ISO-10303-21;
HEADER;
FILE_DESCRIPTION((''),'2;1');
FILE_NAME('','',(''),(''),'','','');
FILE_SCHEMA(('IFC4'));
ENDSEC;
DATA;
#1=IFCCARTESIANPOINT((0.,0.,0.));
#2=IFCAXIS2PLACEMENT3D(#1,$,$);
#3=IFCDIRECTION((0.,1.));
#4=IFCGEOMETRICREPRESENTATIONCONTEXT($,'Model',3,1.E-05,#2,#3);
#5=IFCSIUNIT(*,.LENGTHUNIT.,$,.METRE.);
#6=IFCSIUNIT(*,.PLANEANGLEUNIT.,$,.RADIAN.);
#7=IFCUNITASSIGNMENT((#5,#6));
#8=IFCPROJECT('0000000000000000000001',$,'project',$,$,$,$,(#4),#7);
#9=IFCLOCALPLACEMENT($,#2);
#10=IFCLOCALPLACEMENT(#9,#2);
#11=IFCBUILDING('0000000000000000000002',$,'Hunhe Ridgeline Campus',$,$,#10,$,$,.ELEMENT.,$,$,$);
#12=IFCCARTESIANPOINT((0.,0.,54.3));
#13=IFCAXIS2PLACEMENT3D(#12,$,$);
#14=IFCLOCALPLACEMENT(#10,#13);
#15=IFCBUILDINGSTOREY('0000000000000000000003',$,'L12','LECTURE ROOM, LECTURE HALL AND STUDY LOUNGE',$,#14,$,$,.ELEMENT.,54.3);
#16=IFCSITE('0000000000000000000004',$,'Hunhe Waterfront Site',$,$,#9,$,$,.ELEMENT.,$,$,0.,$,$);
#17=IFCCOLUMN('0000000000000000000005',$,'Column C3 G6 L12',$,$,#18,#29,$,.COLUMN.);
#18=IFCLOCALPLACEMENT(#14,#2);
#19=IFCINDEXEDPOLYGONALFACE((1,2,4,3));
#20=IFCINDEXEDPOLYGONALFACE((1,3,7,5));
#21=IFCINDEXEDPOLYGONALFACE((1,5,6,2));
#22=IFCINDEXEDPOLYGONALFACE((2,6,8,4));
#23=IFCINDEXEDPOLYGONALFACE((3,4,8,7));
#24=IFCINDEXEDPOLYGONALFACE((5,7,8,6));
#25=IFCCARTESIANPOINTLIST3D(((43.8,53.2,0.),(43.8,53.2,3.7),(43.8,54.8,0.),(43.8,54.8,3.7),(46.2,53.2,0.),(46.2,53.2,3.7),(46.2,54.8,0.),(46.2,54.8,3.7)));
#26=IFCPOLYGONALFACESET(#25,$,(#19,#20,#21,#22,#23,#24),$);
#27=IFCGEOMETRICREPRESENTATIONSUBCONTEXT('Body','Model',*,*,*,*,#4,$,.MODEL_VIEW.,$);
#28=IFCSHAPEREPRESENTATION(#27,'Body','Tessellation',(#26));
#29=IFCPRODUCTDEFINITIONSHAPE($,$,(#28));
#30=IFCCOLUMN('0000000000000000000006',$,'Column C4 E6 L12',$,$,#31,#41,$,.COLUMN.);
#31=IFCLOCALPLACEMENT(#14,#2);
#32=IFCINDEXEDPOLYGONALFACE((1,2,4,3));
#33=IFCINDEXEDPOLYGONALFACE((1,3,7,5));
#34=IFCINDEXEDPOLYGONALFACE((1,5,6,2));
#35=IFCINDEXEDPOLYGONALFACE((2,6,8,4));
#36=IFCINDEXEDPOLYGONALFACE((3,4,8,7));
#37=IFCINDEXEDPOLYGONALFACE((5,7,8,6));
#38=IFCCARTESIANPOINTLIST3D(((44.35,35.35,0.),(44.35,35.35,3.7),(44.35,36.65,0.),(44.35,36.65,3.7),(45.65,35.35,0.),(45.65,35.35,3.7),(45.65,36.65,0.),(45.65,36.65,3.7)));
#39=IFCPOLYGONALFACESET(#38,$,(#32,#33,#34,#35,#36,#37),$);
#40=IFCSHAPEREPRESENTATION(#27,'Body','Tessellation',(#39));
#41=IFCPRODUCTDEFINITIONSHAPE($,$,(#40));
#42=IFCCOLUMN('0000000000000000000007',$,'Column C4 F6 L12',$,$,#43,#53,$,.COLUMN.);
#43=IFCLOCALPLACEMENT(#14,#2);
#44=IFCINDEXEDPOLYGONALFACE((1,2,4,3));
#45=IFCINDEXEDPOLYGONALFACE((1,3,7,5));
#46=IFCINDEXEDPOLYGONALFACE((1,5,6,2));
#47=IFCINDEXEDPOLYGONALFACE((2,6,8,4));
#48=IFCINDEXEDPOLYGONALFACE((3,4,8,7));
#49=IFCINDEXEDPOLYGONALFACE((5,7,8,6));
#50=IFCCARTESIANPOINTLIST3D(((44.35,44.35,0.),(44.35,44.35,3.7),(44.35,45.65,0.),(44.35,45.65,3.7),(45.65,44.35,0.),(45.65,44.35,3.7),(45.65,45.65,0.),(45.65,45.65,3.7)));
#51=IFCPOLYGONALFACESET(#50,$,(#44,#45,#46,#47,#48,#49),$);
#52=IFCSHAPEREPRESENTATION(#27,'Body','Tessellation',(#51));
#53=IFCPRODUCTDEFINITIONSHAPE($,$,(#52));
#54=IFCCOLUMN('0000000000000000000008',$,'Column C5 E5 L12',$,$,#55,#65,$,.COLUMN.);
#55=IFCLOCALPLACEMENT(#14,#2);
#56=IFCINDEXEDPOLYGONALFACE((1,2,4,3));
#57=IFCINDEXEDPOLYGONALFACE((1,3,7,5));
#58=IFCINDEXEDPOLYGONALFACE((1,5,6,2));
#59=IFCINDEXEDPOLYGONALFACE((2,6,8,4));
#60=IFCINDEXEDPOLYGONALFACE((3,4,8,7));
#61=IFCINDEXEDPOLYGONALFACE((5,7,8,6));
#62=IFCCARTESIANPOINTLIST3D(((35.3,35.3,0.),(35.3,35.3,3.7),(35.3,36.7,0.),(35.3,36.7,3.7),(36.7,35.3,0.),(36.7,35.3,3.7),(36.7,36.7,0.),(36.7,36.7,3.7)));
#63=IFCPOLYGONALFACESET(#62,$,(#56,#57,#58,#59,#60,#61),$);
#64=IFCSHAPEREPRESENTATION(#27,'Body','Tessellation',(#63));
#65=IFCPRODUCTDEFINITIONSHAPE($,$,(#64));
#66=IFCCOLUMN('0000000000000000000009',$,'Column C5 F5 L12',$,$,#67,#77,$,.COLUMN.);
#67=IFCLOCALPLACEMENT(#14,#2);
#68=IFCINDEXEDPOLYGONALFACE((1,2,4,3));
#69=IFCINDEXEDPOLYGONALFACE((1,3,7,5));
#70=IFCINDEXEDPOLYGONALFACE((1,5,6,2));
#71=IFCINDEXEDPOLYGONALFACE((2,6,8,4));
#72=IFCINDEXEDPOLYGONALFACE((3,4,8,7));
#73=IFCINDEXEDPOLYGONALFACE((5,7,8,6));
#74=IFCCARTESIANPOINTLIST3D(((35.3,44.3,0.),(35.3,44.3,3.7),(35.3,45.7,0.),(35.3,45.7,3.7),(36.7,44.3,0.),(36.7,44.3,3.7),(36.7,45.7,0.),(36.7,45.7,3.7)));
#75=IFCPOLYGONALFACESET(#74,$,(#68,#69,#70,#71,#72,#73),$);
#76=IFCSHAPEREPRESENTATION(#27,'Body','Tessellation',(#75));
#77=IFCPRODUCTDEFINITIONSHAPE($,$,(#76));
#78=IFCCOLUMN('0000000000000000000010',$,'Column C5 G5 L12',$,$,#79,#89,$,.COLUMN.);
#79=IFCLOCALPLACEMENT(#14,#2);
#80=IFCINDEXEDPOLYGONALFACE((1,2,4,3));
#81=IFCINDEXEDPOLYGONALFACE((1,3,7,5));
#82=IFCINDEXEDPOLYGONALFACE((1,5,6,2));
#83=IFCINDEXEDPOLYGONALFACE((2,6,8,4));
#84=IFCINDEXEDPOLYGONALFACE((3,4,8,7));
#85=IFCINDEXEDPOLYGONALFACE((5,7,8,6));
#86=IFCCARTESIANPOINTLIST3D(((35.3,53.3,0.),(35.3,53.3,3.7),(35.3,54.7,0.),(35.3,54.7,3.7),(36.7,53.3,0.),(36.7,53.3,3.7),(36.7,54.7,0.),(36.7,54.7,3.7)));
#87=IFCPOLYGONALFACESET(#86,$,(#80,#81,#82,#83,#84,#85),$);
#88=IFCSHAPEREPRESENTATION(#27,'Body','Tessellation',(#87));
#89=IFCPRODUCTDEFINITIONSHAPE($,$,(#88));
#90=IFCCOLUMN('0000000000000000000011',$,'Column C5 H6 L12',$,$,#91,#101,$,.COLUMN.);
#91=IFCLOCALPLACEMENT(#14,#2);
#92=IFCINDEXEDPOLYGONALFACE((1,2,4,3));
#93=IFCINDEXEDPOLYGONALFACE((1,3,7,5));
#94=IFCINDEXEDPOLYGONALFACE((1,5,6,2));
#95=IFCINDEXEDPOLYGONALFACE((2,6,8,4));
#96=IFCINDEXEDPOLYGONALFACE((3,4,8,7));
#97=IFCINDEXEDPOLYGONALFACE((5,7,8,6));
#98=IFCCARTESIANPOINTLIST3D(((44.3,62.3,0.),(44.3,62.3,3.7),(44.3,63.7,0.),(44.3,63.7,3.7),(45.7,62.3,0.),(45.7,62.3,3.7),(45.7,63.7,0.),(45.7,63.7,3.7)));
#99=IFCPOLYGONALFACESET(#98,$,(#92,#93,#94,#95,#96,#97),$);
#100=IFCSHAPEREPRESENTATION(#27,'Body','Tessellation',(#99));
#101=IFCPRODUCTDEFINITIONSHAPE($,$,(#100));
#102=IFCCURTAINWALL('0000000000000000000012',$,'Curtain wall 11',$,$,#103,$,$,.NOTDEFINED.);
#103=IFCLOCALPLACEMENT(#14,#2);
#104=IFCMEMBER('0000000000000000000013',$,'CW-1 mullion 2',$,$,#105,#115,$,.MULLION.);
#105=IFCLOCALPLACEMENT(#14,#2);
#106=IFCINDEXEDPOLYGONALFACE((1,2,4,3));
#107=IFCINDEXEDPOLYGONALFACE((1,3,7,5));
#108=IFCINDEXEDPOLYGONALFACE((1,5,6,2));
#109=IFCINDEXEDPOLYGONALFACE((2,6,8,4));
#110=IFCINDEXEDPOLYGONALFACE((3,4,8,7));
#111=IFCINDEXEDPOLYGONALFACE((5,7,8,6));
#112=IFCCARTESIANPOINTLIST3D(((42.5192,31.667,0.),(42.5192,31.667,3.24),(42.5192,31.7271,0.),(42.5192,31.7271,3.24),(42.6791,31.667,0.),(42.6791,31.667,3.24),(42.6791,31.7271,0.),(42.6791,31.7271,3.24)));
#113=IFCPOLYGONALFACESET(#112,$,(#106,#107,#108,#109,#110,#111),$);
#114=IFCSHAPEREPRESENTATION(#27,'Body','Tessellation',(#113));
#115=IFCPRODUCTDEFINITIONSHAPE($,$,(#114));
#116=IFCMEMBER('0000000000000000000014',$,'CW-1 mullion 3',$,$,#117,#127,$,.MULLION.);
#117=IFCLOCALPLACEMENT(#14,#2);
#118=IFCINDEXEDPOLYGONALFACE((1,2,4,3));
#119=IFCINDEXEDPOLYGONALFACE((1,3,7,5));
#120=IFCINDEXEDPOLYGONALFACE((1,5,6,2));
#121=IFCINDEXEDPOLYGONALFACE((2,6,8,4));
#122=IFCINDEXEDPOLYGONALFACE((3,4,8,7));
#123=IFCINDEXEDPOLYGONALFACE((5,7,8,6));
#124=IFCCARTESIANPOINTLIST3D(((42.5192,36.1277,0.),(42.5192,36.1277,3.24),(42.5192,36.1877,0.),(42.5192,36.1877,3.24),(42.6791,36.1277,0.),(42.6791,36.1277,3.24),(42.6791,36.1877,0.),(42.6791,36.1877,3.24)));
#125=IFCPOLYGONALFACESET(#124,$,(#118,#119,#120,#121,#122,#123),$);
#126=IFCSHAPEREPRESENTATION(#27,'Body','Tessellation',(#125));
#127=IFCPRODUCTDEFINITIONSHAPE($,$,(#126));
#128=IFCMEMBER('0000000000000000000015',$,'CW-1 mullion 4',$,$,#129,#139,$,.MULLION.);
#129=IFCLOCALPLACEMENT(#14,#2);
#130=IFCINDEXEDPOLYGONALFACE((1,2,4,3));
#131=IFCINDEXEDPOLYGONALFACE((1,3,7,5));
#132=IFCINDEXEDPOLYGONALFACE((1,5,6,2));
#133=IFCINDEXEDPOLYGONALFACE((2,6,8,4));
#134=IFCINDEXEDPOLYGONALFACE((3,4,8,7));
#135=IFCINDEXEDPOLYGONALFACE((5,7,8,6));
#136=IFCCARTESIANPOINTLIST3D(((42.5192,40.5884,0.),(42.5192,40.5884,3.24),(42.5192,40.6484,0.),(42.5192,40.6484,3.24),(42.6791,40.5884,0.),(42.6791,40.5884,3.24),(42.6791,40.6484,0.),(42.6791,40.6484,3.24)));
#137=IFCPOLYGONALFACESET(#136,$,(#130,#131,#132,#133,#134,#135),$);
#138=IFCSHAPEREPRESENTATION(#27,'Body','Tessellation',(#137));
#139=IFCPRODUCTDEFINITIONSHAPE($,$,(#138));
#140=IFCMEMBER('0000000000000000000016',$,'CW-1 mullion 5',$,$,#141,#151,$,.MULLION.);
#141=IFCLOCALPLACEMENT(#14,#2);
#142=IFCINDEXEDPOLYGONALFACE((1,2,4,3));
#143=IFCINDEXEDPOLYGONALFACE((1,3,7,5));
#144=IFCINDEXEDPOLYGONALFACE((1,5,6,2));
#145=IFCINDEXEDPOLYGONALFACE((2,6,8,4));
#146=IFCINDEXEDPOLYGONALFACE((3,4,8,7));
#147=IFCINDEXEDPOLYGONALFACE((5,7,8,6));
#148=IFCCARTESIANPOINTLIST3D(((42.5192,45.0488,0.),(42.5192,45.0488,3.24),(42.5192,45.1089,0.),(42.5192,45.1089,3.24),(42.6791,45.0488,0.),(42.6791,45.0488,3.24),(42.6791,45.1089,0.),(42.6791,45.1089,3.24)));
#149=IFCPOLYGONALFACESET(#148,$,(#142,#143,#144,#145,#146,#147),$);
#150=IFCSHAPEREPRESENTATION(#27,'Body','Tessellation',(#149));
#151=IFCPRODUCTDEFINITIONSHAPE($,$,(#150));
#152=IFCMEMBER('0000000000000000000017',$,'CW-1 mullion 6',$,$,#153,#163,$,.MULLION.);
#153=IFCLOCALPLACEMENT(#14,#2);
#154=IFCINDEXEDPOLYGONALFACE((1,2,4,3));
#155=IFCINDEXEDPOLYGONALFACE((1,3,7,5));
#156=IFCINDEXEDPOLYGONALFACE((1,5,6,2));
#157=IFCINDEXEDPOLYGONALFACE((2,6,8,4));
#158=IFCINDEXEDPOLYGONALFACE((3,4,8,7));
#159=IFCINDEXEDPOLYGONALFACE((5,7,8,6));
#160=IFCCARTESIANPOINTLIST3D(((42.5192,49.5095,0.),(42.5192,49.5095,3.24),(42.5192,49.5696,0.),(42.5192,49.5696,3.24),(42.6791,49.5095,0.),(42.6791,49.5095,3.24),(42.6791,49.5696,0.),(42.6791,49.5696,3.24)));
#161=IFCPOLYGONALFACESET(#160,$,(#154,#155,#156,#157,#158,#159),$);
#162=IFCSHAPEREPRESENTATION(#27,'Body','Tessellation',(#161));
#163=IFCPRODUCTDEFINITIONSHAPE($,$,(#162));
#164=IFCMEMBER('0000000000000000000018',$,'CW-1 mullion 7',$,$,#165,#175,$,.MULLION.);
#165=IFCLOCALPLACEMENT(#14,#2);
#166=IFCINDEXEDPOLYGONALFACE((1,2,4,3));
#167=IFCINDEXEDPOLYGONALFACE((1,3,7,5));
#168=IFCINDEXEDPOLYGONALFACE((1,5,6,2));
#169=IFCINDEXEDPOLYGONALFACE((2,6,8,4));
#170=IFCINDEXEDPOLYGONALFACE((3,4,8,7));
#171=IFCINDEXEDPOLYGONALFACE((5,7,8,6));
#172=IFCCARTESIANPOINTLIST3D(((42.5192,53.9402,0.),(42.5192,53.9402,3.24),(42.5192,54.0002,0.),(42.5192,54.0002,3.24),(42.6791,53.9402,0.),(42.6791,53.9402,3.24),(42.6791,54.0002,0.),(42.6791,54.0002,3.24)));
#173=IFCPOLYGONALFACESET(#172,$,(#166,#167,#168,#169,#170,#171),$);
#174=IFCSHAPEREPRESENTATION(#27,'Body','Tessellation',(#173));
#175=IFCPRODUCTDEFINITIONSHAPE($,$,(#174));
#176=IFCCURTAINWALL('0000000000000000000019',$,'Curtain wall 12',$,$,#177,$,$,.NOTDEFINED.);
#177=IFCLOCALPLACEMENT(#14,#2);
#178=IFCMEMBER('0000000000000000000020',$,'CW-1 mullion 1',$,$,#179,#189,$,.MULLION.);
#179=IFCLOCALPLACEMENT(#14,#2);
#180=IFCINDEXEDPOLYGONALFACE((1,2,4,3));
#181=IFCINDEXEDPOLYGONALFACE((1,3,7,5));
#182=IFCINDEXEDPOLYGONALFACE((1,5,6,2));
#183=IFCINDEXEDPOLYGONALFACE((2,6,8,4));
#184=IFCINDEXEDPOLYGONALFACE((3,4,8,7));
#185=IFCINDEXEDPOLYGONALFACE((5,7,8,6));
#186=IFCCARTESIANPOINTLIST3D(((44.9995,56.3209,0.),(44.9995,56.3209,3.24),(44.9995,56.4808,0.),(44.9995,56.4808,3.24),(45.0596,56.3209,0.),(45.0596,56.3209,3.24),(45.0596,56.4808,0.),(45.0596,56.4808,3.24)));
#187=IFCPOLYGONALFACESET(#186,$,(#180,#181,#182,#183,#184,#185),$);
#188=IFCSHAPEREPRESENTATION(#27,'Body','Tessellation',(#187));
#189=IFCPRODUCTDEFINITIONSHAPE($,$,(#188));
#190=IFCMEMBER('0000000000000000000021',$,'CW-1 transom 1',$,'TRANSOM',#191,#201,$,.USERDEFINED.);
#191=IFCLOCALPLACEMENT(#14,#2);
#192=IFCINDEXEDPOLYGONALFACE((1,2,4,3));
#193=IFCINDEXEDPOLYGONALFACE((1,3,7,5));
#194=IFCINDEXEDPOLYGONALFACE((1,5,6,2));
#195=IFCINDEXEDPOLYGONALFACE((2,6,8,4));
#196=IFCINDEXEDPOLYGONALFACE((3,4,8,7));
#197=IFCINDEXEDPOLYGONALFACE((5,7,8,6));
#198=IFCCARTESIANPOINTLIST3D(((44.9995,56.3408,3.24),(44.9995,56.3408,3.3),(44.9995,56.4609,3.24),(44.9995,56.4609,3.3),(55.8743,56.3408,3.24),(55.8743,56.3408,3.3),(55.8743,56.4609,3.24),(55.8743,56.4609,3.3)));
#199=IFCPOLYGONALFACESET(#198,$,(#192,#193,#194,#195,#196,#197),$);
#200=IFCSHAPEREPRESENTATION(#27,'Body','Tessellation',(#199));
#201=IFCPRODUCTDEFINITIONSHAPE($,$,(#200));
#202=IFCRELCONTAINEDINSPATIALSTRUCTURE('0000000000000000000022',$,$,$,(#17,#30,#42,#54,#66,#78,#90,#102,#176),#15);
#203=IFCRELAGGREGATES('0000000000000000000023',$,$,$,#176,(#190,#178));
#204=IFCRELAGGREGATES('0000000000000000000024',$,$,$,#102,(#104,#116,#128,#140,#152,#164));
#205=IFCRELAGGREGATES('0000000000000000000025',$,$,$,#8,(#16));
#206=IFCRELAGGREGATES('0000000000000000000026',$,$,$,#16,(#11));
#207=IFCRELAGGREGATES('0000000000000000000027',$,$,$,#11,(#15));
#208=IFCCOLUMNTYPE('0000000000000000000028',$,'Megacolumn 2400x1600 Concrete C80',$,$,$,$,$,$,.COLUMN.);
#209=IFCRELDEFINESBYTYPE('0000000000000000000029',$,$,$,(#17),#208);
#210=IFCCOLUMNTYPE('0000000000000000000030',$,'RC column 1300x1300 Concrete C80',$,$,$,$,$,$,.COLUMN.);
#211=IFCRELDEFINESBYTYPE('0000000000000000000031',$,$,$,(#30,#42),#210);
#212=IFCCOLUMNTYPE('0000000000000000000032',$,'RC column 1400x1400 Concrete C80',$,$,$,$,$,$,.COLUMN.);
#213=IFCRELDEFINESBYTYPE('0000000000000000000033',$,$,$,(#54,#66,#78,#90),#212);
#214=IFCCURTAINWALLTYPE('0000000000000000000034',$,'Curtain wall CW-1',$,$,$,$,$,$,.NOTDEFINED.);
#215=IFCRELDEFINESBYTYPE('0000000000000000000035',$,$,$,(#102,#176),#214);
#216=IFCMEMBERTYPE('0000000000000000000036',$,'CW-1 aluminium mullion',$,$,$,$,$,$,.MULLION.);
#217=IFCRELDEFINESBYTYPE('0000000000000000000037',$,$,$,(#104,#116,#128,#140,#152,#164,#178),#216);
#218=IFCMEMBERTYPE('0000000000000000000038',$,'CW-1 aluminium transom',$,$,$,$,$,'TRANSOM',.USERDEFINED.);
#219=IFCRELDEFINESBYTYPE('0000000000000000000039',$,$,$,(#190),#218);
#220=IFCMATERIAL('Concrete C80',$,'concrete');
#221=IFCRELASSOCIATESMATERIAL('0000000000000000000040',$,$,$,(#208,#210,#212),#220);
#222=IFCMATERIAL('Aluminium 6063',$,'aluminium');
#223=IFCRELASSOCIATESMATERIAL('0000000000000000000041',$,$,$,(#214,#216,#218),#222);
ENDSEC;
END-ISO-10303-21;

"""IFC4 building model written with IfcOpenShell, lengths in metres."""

from ifc_helpers import new_model, si_unit, direction, frame, origin, origin_2d, place, context, subcontext, project, spatial, rectangle, extrude, material, material_profile, profile_set, type_object, element, aggregate, save


model = new_model("IFC4")

# Units and contexts
model_context = context("Model", 3, precision=1e-05, world=origin(), true_north=direction((0.0, 1.0)))
body_context = subcontext(model_context, "Body", "Model", "MODEL_VIEW")
ifc_project = project(units=[si_unit("LENGTHUNIT", "METRE"), si_unit("PLANEANGLEUNIT", "RADIAN")], contexts=[model_context])

# Site, building, storey
site_placement = place(None, origin())
site = spatial("IfcSite", under=ifc_project, at=site_placement, Name="Hunhe Waterfront Site", CompositionType="ELEMENT", RefElevation=0.0)
building_placement = place(site_placement, origin())
building = spatial("IfcBuilding", under=site, at=building_placement, Name="Hunhe Ridgeline Campus", CompositionType="ELEMENT")
storey_placement = place(building_placement, frame((0.0, 0.0, 54.3)))
storey = spatial("IfcBuildingStorey", under=building, at=storey_placement, Name="L12", Description="LECTURE ROOM, LECTURE HALL AND STUDY LOUNGE", CompositionType="ELEMENT", Elevation=54.3)

# Columns
ifc_material_1 = material(Name="Concrete C80", Category="concrete")
ifc_material_profile_1 = material_profile(ifc_material_1, rectangle(XDim=2.3999, YDim=1.6001, at=origin_2d()))
ifc_profile_set_1 = profile_set([ifc_material_profile_1], Name="Concrete C80")
column_type_1 = type_object("IfcColumnType", Name="Megacolumn 2400x1600 Concrete C80", PredefinedType="COLUMN", material=ifc_profile_set_1)
column_placement = place(storey_placement, frame((45.0, 54.0, 0.0), z_axis=(0.0, 0.0, 1.0), x_axis=(1.0, 0.0, 0.0)))
element("IfcColumn", 1, at=column_placement, inside=storey, type_object=column_type_1, Name="Column C3 G6 L12", PredefinedType="COLUMN", context=body_context, shape_type="SweptSolid", body=[
    extrude(rectangle(XDim=2.3999, YDim=1.6001, at=origin_2d()), origin(), (0.0, 0.0, 1.0), 3.7),
])
ifc_material_profile_2 = material_profile(ifc_material_1, rectangle(XDim=1.3, YDim=1.3, at=origin_2d()))
ifc_profile_set_2 = profile_set([ifc_material_profile_2], Name="Concrete C80")
column_type_2 = type_object("IfcColumnType", Name="RC column 1300x1300 Concrete C80", PredefinedType="COLUMN", material=ifc_profile_set_2)
for number, where, z_axis, x_axis, name in (
    (2, (45.0, 36.0, 0.0), (0.0, 0.0, 1.0), (1.0, 0.0, 0.0), "Column C4 E6 L12"),
    (3, (45.0, 45.0, 0.0), (0.0, 0.0, 1.0), (1.0, 0.0, 0.0), "Column C4 F6 L12"),
):
    element("IfcColumn", number, at=place(storey_placement, frame(where, z_axis=z_axis, x_axis=x_axis)), inside=storey, type_object=column_type_2, Name=name, PredefinedType="COLUMN", context=body_context, shape_type="SweptSolid", body=[
        extrude(rectangle(XDim=1.3, YDim=1.3, at=origin_2d()), origin(), (0.0, 0.0, 1.0), 3.7),
    ])
ifc_material_profile_3 = material_profile(ifc_material_1, rectangle(XDim=1.3999, YDim=1.3999, at=origin_2d()))
ifc_profile_set_3 = profile_set([ifc_material_profile_3], Name="Concrete C80")
column_type_3 = type_object("IfcColumnType", Name="RC column 1400x1400 Concrete C80", PredefinedType="COLUMN", material=ifc_profile_set_3)
for number, where, z_axis, x_axis, name in (
    (4, (36.0, 36.0, 0.0), (0.0, 0.0, 1.0), (1.0, 0.0, 0.0), "Column C5 E5 L12"),
    (5, (36.0, 45.0, 0.0), (0.0, 0.0, 1.0), (1.0, 0.0, 0.0), "Column C5 F5 L12"),
    (6, (36.0, 54.0, 0.0), (0.0, 0.0, 1.0), (1.0, 0.0, 0.0), "Column C5 G5 L12"),
    (7, (45.0, 63.0, 0.0), (0.0, 0.0, 1.0), (1.0, 0.0, 0.0), "Column C5 H6 L12"),
):
    element("IfcColumn", number, at=place(storey_placement, frame(where, z_axis=z_axis, x_axis=x_axis)), inside=storey, type_object=column_type_3, Name=name, PredefinedType="COLUMN", context=body_context, shape_type="SweptSolid", body=[
        extrude(rectangle(XDim=1.3999, YDim=1.3999, at=origin_2d()), origin(), (0.0, 0.0, 1.0), 3.7),
    ])

# Curtain walls, members
ifc_material_2 = material(Name="Aluminium 6063", Category="aluminium")
curtain_wall_type = type_object("IfcCurtainWallType", Name="Curtain wall CW-1", PredefinedType="NOTDEFINED", material=ifc_material_2)
curtain_wall_1_placement = place(storey_placement, origin())
curtain_wall_1 = element("IfcCurtainWall", 8, at=curtain_wall_1_placement, inside=storey, type_object=curtain_wall_type, Name="Curtain wall 11", PredefinedType="NOTDEFINED")
ifc_material_profile_4 = material_profile(ifc_material_2, rectangle(XDim=0.1599, YDim=0.0601, at=origin_2d()))
ifc_profile_set_4 = profile_set([ifc_material_profile_4], Name="Aluminium 6063")
member_type_1 = type_object("IfcMemberType", Name="CW-1 aluminium mullion", PredefinedType="MULLION", material=ifc_profile_set_4)
member_1_placement = place(storey_placement, frame((42.5991, 31.697, 0.0), z_axis=(0.0, 0.0, 1.0), x_axis=(-1.0, 0.0, 0.0)))
member_1 = element("IfcMember", 9, at=member_1_placement, type_object=member_type_1, Name="CW-1 mullion 2", PredefinedType="MULLION", context=body_context, shape_type="SweptSolid", body=[
    extrude(rectangle(XDim=0.1599, YDim=0.0601, at=origin_2d()), origin(), (0.0, 0.0, 1.0), 3.24),
])
member_2_placement = place(storey_placement, frame((42.5991, 36.1577, 0.0), z_axis=(0.0, 0.0, 1.0), x_axis=(-1.0, 0.0, 0.0)))
member_2 = element("IfcMember", 10, at=member_2_placement, type_object=member_type_1, Name="CW-1 mullion 3", PredefinedType="MULLION", context=body_context, shape_type="SweptSolid", body=[
    extrude(rectangle(XDim=0.1599, YDim=0.0601, at=origin_2d()), origin(), (0.0, 0.0, 1.0), 3.24),
])
member_3_placement = place(storey_placement, frame((42.5991, 40.6184, 0.0), z_axis=(0.0, 0.0, 1.0), x_axis=(-1.0, 0.0, 0.0)))
member_3 = element("IfcMember", 11, at=member_3_placement, type_object=member_type_1, Name="CW-1 mullion 4", PredefinedType="MULLION", context=body_context, shape_type="SweptSolid", body=[
    extrude(rectangle(XDim=0.1599, YDim=0.0601, at=origin_2d()), origin(), (0.0, 0.0, 1.0), 3.24),
])
member_4_placement = place(storey_placement, frame((42.5991, 45.0789, 0.0), z_axis=(0.0, 0.0, 1.0), x_axis=(-1.0, 0.0, 0.0)))
member_4 = element("IfcMember", 12, at=member_4_placement, type_object=member_type_1, Name="CW-1 mullion 5", PredefinedType="MULLION", context=body_context, shape_type="SweptSolid", body=[
    extrude(rectangle(XDim=0.1599, YDim=0.0601, at=origin_2d()), origin(), (0.0, 0.0, 1.0), 3.24),
])
member_5_placement = place(storey_placement, frame((42.5991, 49.5396, 0.0), z_axis=(0.0, 0.0, 1.0), x_axis=(-1.0, 0.0, 0.0)))
member_5 = element("IfcMember", 13, at=member_5_placement, type_object=member_type_1, Name="CW-1 mullion 6", PredefinedType="MULLION", context=body_context, shape_type="SweptSolid", body=[
    extrude(rectangle(XDim=0.1599, YDim=0.0601, at=origin_2d()), origin(), (0.0, 0.0, 1.0), 3.24),
])
member_6_placement = place(storey_placement, frame((42.5991, 53.9702, 0.0), z_axis=(0.0, 0.0, 1.0), x_axis=(-1.0, 0.0, 0.0)))
member_6 = element("IfcMember", 14, at=member_6_placement, type_object=member_type_1, Name="CW-1 mullion 7", PredefinedType="MULLION", context=body_context, shape_type="SweptSolid", body=[
    extrude(rectangle(XDim=0.1599, YDim=0.0601, at=origin_2d()), origin(), (0.0, 0.0, 1.0), 3.24),
])
curtain_wall_2_placement = place(storey_placement, origin())
curtain_wall_2 = element("IfcCurtainWall", 15, at=curtain_wall_2_placement, inside=storey, type_object=curtain_wall_type, Name="Curtain wall 12", PredefinedType="NOTDEFINED")
member_7_placement = place(storey_placement, frame((45.0295, 56.4009, 0.0), z_axis=(0.0, 0.0, 1.0), x_axis=(-0.000004, 1.0, 0.0)))
member_7 = element("IfcMember", 16, at=member_7_placement, type_object=member_type_1, Name="CW-1 mullion 1", PredefinedType="MULLION", context=body_context, shape_type="SweptSolid", body=[
    extrude(rectangle(XDim=0.1599, YDim=0.0601, at=origin_2d()), origin(), (0.0, 0.0, 1.0), 3.24),
])
ifc_material_profile_5 = material_profile(ifc_material_2, rectangle(XDim=0.1201, YDim=0.0601, at=origin_2d()))
ifc_profile_set_5 = profile_set([ifc_material_profile_5], Name="Aluminium 6063")
member_type_2 = type_object("IfcMemberType", Name="CW-1 aluminium transom", ElementType="TRANSOM", PredefinedType="USERDEFINED", material=ifc_profile_set_5)
member_8_placement = place(storey_placement, frame((44.9995, 56.4009, 3.27), z_axis=(1.0, 0.0, 0.0), x_axis=(0.0, 1.0, 0.0)))
member_8 = element("IfcMember", 17, at=member_8_placement, type_object=member_type_2, Name="CW-1 transom 1", ObjectType="TRANSOM", PredefinedType="USERDEFINED", context=body_context, shape_type="SweptSolid", body=[
    extrude(rectangle(XDim=0.1201, YDim=0.0601, at=origin_2d()), origin(), (0.0, 0.0, 1.0), 10.8748),
])
aggregate(curtain_wall_2, [member_8, member_7])

aggregate(curtain_wall_1, [member_1, member_2, member_3, member_4, member_5, member_6])

save(model, "model.ifc")
